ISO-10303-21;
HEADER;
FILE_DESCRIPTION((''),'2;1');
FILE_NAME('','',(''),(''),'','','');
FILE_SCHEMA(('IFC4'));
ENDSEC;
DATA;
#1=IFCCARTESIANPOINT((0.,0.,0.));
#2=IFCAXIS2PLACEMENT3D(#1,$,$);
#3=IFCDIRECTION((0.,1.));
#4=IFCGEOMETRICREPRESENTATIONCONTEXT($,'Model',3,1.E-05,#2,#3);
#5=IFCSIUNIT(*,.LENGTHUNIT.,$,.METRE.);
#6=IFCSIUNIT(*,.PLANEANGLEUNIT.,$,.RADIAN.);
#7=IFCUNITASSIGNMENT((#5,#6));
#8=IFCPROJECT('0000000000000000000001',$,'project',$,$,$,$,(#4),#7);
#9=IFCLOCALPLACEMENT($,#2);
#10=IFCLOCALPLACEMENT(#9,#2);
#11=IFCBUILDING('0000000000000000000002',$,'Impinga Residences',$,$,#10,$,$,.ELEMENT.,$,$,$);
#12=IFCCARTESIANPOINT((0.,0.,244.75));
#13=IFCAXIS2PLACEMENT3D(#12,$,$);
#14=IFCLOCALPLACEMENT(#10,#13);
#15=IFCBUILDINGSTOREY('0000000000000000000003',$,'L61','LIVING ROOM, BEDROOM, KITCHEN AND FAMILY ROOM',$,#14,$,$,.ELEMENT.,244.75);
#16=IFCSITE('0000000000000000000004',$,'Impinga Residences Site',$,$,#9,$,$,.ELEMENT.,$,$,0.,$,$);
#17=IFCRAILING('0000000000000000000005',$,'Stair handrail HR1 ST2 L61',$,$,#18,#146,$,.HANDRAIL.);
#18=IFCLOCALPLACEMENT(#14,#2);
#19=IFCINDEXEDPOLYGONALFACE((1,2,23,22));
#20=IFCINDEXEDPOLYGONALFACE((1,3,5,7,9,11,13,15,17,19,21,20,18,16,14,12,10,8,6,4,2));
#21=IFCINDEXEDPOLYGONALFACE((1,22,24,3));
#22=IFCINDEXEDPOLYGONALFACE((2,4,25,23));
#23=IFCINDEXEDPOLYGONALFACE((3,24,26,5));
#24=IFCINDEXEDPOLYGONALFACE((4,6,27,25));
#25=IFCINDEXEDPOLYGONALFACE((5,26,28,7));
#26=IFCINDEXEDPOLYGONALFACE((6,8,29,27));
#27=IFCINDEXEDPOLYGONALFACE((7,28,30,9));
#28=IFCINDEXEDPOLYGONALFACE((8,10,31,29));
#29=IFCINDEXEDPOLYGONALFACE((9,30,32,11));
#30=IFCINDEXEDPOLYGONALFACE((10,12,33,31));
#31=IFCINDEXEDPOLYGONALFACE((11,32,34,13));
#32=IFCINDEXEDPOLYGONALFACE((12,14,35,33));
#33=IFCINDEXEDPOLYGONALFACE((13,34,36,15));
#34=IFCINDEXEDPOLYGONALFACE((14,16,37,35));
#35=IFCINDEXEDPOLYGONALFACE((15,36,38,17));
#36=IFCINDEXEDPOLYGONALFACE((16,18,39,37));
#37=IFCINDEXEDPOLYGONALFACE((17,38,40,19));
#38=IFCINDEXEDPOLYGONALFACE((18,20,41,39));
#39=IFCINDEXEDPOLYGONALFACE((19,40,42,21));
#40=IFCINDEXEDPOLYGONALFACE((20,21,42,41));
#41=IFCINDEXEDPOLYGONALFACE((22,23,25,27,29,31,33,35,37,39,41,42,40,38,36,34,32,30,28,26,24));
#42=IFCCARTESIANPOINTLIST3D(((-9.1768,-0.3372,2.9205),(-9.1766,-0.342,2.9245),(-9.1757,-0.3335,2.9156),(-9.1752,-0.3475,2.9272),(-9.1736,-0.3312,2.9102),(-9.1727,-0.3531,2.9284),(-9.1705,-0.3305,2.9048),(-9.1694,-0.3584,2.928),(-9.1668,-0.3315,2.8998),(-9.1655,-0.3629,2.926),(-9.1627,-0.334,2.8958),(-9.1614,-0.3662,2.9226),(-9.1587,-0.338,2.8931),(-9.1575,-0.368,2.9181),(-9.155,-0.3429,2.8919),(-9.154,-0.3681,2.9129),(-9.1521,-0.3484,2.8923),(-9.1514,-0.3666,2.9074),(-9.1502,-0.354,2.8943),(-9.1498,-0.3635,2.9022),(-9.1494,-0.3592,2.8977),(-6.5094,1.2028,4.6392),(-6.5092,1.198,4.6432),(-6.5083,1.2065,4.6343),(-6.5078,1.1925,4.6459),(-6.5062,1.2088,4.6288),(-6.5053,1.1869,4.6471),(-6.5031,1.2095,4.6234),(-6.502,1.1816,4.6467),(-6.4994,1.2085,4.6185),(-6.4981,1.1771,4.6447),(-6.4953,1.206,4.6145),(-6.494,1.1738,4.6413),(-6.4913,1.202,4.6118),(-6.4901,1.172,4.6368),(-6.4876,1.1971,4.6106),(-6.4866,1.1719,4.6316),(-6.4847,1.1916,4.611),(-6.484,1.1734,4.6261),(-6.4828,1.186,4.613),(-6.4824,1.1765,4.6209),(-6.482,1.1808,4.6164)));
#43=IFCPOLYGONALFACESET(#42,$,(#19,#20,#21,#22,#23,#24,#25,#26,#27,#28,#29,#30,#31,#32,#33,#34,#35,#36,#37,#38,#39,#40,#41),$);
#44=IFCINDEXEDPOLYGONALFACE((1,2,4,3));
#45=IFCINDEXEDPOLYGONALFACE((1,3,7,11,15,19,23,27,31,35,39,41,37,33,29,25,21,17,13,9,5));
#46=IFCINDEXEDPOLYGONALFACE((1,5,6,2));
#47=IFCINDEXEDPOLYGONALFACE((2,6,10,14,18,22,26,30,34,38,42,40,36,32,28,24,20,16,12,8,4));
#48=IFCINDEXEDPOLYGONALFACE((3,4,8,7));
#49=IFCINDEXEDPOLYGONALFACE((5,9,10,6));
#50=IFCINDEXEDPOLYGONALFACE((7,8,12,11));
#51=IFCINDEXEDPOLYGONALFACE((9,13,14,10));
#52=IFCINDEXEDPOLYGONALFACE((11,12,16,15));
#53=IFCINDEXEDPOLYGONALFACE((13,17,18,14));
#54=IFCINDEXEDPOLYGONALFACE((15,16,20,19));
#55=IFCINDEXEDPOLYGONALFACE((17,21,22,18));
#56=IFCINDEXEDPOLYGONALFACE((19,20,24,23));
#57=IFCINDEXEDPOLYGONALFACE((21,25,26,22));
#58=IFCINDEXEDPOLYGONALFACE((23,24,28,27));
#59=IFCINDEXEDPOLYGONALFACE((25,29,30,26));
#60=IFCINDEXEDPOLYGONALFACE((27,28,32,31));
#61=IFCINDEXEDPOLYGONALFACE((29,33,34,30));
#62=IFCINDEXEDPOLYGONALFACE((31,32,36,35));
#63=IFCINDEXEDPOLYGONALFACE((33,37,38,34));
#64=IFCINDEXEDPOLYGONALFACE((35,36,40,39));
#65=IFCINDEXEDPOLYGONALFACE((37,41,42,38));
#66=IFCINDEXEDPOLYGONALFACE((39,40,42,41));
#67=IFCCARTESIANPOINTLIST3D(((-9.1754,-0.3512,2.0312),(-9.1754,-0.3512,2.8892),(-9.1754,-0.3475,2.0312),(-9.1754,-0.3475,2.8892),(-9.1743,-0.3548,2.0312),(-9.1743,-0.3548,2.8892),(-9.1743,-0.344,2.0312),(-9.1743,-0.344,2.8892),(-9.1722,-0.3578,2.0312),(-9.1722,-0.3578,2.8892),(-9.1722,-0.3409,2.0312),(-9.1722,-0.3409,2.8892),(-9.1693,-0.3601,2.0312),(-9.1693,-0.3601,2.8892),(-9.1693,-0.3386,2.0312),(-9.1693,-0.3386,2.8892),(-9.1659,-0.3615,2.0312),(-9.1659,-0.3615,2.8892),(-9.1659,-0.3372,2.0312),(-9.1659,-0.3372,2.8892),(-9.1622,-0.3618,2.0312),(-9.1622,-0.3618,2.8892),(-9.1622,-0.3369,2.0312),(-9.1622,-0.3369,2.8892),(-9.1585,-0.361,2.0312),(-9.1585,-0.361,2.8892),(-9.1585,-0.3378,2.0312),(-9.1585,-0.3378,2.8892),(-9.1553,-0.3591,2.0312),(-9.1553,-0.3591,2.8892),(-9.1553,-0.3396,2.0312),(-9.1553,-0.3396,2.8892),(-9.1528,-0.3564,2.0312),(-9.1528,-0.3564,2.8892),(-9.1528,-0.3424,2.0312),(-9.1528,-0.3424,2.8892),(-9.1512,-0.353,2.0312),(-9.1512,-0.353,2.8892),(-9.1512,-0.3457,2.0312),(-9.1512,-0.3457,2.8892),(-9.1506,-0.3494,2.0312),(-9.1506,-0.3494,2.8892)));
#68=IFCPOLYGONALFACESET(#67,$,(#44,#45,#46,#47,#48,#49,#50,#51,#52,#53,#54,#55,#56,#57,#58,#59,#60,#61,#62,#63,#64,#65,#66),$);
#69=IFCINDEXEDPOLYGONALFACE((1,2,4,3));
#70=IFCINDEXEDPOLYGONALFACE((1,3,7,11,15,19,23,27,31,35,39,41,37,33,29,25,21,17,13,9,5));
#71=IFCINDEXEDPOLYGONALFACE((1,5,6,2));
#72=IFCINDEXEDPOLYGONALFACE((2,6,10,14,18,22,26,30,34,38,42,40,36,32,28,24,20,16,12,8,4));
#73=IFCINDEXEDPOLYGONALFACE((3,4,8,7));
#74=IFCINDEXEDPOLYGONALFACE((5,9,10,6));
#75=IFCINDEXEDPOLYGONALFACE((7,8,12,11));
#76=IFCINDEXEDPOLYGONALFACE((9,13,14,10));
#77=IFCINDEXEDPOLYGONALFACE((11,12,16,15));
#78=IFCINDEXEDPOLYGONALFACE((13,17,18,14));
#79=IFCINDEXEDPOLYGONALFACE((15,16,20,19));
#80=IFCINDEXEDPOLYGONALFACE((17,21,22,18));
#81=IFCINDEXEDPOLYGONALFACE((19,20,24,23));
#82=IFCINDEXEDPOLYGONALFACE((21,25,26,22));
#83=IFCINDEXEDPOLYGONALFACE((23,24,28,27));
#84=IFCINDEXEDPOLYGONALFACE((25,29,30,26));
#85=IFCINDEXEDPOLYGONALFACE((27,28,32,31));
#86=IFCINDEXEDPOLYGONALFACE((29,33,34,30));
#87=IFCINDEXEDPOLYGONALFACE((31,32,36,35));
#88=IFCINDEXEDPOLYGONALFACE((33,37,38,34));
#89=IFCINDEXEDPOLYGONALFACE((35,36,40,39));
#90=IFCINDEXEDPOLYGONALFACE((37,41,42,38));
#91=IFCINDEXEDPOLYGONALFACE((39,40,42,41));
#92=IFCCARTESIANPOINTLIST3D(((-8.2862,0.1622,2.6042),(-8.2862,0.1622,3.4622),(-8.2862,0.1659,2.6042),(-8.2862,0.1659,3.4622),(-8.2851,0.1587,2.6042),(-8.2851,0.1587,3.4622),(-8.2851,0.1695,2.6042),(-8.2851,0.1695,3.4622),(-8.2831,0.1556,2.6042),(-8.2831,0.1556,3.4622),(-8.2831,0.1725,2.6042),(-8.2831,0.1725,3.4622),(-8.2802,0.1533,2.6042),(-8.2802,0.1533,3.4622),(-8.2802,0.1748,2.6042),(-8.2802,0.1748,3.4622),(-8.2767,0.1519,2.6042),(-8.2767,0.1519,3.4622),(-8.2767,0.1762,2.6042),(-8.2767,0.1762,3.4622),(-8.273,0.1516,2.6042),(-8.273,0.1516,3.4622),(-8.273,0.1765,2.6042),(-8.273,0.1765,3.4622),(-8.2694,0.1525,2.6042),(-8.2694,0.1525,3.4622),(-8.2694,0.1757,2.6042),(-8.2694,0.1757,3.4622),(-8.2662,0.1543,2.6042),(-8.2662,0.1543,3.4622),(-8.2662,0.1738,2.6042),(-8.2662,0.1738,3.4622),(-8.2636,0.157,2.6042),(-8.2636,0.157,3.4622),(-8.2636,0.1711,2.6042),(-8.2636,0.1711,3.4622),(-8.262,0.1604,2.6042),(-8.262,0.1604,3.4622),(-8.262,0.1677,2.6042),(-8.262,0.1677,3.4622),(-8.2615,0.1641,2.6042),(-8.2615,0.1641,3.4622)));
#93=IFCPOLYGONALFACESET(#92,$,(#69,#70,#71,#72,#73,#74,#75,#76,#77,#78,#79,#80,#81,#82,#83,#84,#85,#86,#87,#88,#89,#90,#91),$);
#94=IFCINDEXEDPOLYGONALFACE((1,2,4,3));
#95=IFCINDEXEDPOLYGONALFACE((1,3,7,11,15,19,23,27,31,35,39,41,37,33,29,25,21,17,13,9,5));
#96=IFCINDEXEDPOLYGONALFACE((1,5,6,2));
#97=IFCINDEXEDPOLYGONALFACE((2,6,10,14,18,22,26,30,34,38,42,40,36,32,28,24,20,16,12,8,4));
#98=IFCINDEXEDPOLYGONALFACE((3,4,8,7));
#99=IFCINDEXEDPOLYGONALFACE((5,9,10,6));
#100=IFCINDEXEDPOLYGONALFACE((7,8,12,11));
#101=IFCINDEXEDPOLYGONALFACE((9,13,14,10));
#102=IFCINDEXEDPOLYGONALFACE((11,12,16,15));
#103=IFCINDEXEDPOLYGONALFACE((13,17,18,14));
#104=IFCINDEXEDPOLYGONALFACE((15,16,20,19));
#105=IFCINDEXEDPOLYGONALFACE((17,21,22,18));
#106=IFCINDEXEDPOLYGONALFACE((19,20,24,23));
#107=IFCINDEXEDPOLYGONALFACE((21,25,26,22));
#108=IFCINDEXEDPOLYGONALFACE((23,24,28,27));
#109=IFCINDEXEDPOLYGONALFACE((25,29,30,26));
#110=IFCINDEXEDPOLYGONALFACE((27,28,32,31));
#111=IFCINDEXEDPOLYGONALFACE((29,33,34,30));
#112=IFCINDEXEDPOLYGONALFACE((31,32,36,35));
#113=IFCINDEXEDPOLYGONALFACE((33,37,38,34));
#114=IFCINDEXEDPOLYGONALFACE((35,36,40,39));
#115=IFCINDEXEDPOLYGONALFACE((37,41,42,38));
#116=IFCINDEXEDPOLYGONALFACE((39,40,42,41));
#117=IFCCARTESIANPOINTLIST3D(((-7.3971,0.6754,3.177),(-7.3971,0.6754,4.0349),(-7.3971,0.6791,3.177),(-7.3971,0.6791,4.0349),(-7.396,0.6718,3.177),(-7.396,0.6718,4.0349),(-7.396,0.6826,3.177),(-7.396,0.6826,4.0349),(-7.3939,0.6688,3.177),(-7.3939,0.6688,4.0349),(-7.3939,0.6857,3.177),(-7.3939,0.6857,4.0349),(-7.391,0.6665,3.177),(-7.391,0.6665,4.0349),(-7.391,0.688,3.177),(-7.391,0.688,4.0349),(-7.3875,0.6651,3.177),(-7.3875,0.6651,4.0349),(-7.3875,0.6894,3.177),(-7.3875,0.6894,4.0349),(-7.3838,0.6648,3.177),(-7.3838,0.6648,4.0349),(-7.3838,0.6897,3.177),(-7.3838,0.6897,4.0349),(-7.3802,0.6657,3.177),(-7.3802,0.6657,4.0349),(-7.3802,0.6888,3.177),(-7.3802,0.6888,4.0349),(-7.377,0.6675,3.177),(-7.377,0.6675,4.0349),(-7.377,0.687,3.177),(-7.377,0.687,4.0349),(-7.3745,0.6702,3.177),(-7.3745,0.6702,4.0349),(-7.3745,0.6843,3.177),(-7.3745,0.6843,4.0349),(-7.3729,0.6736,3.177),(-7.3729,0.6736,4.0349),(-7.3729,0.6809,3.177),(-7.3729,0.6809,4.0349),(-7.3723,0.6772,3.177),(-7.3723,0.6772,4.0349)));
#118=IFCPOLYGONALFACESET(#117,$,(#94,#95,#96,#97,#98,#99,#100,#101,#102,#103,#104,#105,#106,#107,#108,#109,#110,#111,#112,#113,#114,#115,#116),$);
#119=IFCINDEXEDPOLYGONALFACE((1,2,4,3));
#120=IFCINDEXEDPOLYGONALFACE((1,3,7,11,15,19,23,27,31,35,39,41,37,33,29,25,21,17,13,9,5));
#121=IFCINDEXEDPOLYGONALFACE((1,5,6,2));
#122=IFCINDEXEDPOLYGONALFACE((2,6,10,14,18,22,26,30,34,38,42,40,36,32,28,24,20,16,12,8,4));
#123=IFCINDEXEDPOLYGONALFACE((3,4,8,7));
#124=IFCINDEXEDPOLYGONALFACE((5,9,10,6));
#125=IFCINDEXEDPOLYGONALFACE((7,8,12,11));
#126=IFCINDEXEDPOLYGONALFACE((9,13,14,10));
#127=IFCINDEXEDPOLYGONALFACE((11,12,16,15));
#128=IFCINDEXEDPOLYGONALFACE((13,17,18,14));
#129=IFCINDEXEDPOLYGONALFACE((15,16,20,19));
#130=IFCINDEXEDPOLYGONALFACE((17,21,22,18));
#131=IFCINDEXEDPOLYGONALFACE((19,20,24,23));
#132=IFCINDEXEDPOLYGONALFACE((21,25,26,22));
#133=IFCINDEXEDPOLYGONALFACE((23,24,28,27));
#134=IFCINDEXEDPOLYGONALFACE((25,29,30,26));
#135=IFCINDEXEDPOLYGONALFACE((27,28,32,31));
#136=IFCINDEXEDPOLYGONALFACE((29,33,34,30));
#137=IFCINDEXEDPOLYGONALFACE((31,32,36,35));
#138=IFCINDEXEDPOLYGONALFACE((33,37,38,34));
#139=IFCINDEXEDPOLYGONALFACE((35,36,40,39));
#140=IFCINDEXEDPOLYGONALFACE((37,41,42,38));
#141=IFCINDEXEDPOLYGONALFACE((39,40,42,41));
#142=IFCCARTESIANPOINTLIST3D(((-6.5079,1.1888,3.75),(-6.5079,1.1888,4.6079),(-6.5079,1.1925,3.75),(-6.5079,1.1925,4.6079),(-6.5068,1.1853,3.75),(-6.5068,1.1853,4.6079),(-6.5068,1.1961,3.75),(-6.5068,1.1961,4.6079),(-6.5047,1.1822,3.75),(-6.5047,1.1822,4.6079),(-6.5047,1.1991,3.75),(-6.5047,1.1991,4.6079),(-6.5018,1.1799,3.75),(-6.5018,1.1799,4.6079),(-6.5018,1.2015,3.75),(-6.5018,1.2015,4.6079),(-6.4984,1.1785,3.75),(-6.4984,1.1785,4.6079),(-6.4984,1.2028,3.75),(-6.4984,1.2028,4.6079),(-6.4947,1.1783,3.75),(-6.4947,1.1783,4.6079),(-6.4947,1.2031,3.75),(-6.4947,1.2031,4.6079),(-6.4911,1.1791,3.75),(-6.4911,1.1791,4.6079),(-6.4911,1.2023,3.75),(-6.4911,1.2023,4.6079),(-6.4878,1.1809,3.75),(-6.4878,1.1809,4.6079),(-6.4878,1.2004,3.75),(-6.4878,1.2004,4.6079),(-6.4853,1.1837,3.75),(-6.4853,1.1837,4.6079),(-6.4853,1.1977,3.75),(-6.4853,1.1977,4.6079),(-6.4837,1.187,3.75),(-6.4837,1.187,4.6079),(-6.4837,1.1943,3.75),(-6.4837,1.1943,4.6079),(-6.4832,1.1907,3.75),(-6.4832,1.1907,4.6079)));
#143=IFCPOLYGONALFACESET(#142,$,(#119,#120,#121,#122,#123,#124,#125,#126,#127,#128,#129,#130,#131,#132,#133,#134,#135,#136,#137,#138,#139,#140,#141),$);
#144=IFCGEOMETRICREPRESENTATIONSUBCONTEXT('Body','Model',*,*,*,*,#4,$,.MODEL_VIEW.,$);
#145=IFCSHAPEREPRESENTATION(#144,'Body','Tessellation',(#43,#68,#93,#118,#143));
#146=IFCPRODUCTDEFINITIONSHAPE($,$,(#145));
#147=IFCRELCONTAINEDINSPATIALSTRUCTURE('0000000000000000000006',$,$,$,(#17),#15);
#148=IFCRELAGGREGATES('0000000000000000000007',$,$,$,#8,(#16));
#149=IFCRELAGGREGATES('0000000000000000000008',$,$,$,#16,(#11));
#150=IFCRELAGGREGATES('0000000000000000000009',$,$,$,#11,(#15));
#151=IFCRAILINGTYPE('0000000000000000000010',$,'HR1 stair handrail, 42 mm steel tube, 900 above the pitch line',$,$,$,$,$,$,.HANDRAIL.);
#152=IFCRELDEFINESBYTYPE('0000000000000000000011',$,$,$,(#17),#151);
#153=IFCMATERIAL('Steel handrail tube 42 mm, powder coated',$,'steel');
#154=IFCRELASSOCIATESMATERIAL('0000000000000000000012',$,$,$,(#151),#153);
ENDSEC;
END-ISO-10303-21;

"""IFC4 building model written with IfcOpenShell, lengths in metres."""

from ifc_helpers import new_model, si_unit, direction, frame, origin, origin_2d, place, context, subcontext, project, spatial, circle, extrude, material, type_object, element, save


model = new_model("IFC4")

# Units and contexts
model_context = context("Model", 3, precision=1e-05, world=origin(), true_north=direction((0.0, 1.0)))
body_context = subcontext(model_context, "Body", "Model", "MODEL_VIEW")
ifc_project = project(units=[si_unit("LENGTHUNIT", "METRE"), si_unit("PLANEANGLEUNIT", "RADIAN")], contexts=[model_context])

# Site, building, storey
site_placement = place(None, origin())
site = spatial("IfcSite", under=ifc_project, at=site_placement, Name="Impinga Residences Site", CompositionType="ELEMENT", RefElevation=0.0)
building_placement = place(site_placement, origin())
building = spatial("IfcBuilding", under=site, at=building_placement, Name="Impinga Residences", CompositionType="ELEMENT")
storey_placement = place(building_placement, frame((0.0, 0.0, 244.75)))
storey = spatial("IfcBuildingStorey", under=building, at=storey_placement, Name="L61", Description="LIVING ROOM, BEDROOM, KITCHEN AND FAMILY ROOM", CompositionType="ELEMENT", Elevation=244.75)

# Railing
ifc_material_1 = material(Name="Steel handrail tube 42 mm, powder coated", Category="steel")
railing_type = type_object("IfcRailingType", Name="HR1 stair handrail, 42 mm steel tube, 900 above the pitch line", PredefinedType="HANDRAIL", material=ifc_material_1)
railing_placement = place(storey_placement, frame((-9.1631, -0.3494, 2.0312)))
element("IfcRailing", 1, at=railing_placement, inside=storey, type_object=railing_type, Name="Stair handrail HR1 ST2 L61", PredefinedType="HANDRAIL", context=body_context, shape_type="SweptSolid", body=[
    extrude(circle(Radius=0.021, at=origin_2d()), frame((0.0, 0.0, 0.8789), z_axis=(0.756256, 0.436616, 0.487282), x_axis=(-0.499992, 0.86603, 0.0)), (0.0, 0.0, 1.0), 3.5271),
    extrude(circle(Radius=0.0125, at=origin_2d()), origin(), (0.0, 0.0, 1.0), 0.8579),
    extrude(circle(Radius=0.0125, at=origin_2d()), frame((0.8892, 0.5134, 0.573)), (0.0, 0.0, 1.0), 0.8579),
    extrude(circle(Radius=0.0125, at=origin_2d()), frame((1.7783, 1.0266, 1.1458)), (0.0, 0.0, 1.0), 0.8579),
    extrude(circle(Radius=0.0125, at=origin_2d()), frame((2.6675, 1.54, 1.7188)), (0.0, 0.0, 1.0), 0.8579),
])

save(model, "model.ifc")
